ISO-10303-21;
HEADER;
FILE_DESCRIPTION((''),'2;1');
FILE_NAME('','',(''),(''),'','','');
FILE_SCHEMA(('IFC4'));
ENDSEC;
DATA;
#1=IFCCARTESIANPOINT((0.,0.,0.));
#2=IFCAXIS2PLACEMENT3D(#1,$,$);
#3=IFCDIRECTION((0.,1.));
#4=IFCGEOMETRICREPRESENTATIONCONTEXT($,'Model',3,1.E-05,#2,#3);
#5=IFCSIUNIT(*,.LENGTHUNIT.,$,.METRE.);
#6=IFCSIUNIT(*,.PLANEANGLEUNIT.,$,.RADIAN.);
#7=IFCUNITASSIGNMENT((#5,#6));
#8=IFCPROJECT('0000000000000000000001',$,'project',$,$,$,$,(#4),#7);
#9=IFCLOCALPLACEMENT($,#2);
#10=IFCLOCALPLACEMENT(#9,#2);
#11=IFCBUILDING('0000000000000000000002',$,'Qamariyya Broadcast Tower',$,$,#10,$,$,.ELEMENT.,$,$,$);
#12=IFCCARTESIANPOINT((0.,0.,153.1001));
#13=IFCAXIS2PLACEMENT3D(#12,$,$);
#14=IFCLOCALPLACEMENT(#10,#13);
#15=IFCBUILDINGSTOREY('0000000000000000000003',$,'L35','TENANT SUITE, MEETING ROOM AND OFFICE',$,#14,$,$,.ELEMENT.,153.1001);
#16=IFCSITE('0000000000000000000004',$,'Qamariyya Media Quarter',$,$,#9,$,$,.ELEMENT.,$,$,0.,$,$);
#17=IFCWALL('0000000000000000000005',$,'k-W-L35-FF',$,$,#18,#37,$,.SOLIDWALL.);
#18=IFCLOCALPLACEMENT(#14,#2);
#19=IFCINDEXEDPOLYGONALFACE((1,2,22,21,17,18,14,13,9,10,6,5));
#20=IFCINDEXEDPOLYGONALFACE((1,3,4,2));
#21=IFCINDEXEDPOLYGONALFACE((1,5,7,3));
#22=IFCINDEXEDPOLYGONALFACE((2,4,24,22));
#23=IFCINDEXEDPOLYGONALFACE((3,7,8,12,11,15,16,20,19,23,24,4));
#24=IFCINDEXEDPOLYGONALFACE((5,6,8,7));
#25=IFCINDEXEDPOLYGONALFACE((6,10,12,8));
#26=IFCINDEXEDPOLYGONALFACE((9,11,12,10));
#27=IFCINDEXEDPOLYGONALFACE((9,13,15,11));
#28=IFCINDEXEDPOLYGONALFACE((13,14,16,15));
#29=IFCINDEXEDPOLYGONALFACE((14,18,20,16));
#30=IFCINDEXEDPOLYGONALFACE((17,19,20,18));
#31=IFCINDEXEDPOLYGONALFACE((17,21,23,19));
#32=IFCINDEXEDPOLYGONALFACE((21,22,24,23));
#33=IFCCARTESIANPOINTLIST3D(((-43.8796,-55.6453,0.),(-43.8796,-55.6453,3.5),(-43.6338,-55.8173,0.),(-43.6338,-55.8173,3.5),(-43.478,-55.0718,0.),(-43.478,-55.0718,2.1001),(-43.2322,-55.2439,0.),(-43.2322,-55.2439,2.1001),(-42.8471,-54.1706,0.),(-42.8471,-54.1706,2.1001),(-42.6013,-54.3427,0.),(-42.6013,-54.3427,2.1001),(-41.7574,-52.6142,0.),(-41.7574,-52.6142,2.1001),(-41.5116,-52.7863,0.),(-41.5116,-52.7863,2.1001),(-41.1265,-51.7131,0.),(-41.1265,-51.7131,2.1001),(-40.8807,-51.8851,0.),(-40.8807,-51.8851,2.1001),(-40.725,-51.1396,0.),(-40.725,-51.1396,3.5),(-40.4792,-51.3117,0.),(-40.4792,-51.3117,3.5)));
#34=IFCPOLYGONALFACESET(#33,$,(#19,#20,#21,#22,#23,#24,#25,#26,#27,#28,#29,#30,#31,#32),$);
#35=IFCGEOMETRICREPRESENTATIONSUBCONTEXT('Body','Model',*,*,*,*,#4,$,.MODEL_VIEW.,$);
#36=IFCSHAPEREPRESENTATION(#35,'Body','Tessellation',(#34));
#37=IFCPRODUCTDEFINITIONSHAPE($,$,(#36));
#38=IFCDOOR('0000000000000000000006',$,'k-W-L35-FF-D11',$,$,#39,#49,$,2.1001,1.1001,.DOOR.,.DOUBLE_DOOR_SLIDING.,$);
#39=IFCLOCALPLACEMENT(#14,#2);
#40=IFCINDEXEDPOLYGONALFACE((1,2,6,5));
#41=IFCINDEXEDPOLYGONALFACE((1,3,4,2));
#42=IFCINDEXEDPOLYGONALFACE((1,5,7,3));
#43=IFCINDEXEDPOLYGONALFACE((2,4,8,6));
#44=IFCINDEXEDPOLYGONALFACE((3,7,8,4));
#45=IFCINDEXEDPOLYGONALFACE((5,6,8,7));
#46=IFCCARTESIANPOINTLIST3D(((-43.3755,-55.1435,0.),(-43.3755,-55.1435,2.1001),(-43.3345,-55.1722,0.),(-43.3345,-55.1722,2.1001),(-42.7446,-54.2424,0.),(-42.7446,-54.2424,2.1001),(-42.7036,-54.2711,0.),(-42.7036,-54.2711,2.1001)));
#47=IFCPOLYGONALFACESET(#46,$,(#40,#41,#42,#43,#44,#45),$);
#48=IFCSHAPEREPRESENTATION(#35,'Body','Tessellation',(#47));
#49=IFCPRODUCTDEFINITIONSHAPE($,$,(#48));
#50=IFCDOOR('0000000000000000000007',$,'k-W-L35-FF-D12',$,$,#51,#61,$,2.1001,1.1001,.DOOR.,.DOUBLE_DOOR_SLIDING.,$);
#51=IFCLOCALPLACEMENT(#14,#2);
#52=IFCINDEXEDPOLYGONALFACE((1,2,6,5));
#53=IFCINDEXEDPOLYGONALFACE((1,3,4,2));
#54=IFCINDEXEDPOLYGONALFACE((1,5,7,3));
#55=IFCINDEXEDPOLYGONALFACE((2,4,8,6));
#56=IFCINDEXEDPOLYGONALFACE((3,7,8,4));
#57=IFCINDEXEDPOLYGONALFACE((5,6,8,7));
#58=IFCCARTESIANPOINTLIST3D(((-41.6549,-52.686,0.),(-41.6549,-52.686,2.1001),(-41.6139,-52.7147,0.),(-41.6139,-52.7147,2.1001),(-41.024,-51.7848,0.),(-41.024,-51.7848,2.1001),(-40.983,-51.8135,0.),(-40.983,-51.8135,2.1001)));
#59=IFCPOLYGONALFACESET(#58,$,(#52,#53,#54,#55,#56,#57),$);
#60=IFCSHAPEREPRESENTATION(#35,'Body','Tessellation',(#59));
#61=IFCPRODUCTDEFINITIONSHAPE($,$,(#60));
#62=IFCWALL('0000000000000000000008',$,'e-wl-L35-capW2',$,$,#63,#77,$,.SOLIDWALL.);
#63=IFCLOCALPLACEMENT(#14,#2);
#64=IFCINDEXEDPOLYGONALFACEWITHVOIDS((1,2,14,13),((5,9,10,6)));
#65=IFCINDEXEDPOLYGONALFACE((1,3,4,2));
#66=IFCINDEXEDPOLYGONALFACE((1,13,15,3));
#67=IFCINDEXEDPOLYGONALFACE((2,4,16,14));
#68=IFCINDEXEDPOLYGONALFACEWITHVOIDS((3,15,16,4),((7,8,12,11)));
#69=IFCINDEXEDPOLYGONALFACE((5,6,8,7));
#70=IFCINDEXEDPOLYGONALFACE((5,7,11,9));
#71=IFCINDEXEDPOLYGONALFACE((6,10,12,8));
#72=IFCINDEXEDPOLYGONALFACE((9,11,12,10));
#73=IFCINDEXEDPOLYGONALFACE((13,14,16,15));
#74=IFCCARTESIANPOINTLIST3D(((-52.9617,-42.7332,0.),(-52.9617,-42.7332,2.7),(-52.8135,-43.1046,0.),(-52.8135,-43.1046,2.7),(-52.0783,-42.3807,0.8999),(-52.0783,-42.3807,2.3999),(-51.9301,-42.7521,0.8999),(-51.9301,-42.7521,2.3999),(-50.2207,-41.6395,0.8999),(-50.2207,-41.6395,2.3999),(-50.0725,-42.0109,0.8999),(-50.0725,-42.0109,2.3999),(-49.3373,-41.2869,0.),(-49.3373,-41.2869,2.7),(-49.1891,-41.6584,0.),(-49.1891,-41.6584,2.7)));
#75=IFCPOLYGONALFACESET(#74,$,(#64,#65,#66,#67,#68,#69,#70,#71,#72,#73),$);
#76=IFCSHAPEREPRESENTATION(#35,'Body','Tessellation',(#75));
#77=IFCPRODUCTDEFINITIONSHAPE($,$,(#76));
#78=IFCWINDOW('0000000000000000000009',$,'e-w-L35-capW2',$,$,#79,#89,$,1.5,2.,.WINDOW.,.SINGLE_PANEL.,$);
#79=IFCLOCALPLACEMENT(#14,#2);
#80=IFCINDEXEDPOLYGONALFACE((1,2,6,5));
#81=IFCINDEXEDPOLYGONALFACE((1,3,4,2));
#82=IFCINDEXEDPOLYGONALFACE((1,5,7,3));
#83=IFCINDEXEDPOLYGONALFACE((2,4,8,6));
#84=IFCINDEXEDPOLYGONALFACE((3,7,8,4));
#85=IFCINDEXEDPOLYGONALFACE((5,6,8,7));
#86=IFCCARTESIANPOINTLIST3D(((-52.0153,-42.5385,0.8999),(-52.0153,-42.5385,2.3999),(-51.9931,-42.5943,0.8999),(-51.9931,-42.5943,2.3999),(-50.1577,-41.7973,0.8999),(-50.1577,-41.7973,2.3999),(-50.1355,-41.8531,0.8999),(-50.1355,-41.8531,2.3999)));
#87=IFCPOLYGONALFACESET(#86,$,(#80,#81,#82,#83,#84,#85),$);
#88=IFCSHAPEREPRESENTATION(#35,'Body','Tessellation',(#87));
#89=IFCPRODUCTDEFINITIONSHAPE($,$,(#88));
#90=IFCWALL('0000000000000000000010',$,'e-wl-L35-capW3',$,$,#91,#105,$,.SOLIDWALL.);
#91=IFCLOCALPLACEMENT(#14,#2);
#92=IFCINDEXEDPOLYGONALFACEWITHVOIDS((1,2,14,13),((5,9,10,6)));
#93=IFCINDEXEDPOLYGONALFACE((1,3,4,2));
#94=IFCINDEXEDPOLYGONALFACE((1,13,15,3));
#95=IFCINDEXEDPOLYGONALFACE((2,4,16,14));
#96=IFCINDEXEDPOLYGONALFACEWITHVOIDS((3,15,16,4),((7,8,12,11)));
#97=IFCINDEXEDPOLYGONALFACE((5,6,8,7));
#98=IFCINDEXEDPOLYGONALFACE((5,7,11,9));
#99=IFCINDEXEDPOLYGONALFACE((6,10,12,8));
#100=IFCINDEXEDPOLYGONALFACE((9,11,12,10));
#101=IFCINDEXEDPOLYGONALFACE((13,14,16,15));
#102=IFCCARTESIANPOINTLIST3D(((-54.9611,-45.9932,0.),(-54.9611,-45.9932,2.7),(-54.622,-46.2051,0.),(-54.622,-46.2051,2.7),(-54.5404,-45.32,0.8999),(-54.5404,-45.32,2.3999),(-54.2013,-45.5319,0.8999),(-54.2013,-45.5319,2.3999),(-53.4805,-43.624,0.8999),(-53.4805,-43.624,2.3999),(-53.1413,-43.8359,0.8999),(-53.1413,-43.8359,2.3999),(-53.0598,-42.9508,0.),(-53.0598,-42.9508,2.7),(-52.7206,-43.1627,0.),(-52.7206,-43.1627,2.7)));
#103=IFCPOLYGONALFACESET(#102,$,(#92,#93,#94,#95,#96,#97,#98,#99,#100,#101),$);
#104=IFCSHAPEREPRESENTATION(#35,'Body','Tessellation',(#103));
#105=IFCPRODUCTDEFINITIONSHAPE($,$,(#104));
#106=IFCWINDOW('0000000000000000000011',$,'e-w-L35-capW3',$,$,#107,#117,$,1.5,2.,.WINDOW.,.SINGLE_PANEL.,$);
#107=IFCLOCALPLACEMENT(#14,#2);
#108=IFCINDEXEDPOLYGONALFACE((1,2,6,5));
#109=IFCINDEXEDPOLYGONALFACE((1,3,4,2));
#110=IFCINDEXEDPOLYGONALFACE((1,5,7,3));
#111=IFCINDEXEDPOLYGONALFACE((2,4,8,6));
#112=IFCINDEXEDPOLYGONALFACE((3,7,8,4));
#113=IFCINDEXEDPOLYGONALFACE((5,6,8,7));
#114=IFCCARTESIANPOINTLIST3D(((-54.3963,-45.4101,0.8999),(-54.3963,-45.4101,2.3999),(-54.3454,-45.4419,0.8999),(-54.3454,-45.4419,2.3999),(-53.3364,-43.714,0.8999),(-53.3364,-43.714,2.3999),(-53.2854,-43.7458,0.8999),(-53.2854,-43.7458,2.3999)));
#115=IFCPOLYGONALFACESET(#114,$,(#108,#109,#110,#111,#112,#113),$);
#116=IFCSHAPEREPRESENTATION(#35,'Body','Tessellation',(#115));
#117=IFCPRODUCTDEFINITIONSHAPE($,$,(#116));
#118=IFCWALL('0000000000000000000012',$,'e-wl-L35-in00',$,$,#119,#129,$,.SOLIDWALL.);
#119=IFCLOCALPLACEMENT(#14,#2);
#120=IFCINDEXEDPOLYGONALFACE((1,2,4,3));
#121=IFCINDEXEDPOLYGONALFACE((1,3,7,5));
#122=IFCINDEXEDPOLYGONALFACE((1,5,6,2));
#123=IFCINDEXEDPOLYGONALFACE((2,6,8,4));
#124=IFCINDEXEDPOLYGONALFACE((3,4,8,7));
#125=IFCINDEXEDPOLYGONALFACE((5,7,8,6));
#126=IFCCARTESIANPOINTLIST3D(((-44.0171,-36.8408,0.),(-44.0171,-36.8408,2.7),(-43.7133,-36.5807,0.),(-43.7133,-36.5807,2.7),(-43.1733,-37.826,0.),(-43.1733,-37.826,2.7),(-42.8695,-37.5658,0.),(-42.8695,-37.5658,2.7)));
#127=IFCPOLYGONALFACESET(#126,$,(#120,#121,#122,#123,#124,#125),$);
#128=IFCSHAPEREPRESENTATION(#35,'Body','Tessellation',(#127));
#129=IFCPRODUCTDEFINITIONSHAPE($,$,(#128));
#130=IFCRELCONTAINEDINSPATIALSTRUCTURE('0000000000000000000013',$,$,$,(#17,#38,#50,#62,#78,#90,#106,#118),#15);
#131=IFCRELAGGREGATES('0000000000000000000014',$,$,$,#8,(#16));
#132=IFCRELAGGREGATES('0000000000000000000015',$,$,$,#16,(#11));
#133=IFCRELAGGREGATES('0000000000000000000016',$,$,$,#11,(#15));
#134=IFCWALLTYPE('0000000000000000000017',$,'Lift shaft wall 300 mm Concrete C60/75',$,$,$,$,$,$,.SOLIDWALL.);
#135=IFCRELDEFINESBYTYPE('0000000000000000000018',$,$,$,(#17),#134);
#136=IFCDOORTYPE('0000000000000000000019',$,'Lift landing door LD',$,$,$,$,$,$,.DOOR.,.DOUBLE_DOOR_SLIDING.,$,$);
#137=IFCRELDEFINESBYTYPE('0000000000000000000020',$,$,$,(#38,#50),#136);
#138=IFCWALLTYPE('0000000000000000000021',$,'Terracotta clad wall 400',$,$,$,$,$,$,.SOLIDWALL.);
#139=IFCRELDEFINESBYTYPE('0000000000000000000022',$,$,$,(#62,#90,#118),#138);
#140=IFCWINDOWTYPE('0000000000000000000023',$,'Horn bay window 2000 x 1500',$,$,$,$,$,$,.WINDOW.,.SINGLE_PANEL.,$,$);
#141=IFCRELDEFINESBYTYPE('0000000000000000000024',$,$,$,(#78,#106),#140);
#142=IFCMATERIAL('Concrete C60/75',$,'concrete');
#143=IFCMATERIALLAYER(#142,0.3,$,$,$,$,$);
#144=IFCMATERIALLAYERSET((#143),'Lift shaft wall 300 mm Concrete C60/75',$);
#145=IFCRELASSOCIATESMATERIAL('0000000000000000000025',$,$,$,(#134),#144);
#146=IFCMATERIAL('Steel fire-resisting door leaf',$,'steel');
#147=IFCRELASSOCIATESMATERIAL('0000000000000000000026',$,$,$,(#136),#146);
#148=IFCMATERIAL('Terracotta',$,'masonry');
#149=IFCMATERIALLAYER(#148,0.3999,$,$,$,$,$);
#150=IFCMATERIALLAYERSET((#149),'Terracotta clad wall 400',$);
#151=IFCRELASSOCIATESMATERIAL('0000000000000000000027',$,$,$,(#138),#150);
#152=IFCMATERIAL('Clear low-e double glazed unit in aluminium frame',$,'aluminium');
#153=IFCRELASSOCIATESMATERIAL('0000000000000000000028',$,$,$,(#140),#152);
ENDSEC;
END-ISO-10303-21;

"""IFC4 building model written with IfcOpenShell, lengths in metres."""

from ifc_helpers import new_model, si_unit, direction, frame, frame_2d, origin, place, context, subcontext, project, spatial, rectangle, extrude, material, layer, layer_set, type_object, element, fill, save


model = new_model("IFC4")

# Units and contexts
model_context = context("Model", 3, precision=1e-05, world=origin(), true_north=direction((0.0, 1.0)))
body_context = subcontext(model_context, "Body", "Model", "MODEL_VIEW")
ifc_project = project(units=[si_unit("LENGTHUNIT", "METRE"), si_unit("PLANEANGLEUNIT", "RADIAN")], contexts=[model_context])

# Site, building, storey
site_placement = place(None, origin())
site = spatial("IfcSite", under=ifc_project, at=site_placement, Name="Qamariyya Media Quarter", CompositionType="ELEMENT", RefElevation=0.0)
building_placement = place(site_placement, origin())
building = spatial("IfcBuilding", under=site, at=building_placement, Name="Qamariyya Broadcast Tower", CompositionType="ELEMENT")
storey_placement = place(building_placement, frame((0.0, 0.0, 153.1001)))
storey = spatial("IfcBuildingStorey", under=building, at=storey_placement, Name="L35", Description="TENANT SUITE, MEETING ROOM AND OFFICE", CompositionType="ELEMENT", Elevation=153.1001)

# Shared definitions
ifc_material_1 = material(Name="Concrete C60/75", Category="concrete")

# Wall, openings, doors
ifc_layer_1 = layer(ifc_material_1, 0.3)
ifc_layer_set_1 = layer_set([ifc_layer_1], Name="Lift shaft wall 300 mm Concrete C60/75")
wall_type_1 = type_object("IfcWallType", Name="Lift shaft wall 300 mm Concrete C60/75", PredefinedType="SOLIDWALL", material=ifc_layer_set_1)
wall_1_placement = place(storey_placement, frame((-43.7566, -55.7312, 0.0), z_axis=(0.0, 0.0, 1.0), x_axis=(0.573537, 0.81918, 0.0)))
wall_1 = element("IfcWall", 1, at=wall_1_placement, inside=storey, type_object=wall_type_1, Name="k-W-L35-FF", PredefinedType="SOLIDWALL", context=body_context, shape_type="SweptSolid", body=[
    extrude(rectangle(XDim=5.5002, YDim=0.3, at=frame_2d((2.75, 0.0))), origin(), (0.0, 0.0, 1.0), 3.5),
])
opening_1_placement = place(wall_1_placement, frame((0.7, 0.0, 0.0)))
opening_1 = element("IfcOpeningElement", 2, at=opening_1_placement, cuts=wall_1, PredefinedType="OPENING", context=body_context, shape_type="SweptSolid", body=[
    extrude(rectangle(XDim=1.1001, YDim=2.1001, at=frame_2d((0.55, 1.05))), frame((0.0, 0.1599, 0.0), z_axis=(0.0, -1.0, 0.0), x_axis=(1.0, 0.0, 0.0)), (0.0, 0.0, 1.0), 0.3201),
])
opening_2_placement = place(wall_1_placement, frame((3.7, 0.0, 0.0)))
opening_2 = element("IfcOpeningElement", 3, at=opening_2_placement, cuts=wall_1, PredefinedType="OPENING", context=body_context, shape_type="SweptSolid", body=[
    extrude(rectangle(XDim=1.1001, YDim=2.1001, at=frame_2d((0.55, 1.05))), frame((0.0, 0.1599, 0.0), z_axis=(0.0, -1.0, 0.0), x_axis=(1.0, 0.0, 0.0)), (0.0, 0.0, 1.0), 0.3201),
])
ifc_material_2 = material(Name="Steel fire-resisting door leaf", Category="steel")
door_type = type_object("IfcDoorType", Name="Lift landing door LD", OperationType="DOUBLE_DOOR_SLIDING", PredefinedType="DOOR", material=ifc_material_2)
door_1_placement = place(opening_1_placement, origin())
door_1 = element("IfcDoor", 4, at=door_1_placement, inside=storey, type_object=door_type, Name="k-W-L35-FF-D11", OperationType="DOUBLE_DOOR_SLIDING", OverallHeight=2.1001, OverallWidth=1.1001, PredefinedType="DOOR", context=body_context, shape_type="SweptSolid", body=[
    extrude(rectangle(XDim=1.1001, YDim=2.1001, at=frame_2d((0.55, 1.05))), frame((0.0, 0.0249, 0.0), z_axis=(0.0, -1.0, 0.0), x_axis=(1.0, 0.0, 0.0)), (0.0, 0.0, 1.0), 0.05),
])
fill(opening_1, door_1)
door_2_placement = place(opening_2_placement, origin())
door_2 = element("IfcDoor", 5, at=door_2_placement, inside=storey, type_object=door_type, Name="k-W-L35-FF-D12", OperationType="DOUBLE_DOOR_SLIDING", OverallHeight=2.1001, OverallWidth=1.1001, PredefinedType="DOOR", context=body_context, shape_type="SweptSolid", body=[
    extrude(rectangle(XDim=1.1001, YDim=2.1001, at=frame_2d((0.55, 1.05))), frame((0.0, 0.0249, 0.0), z_axis=(0.0, -1.0, 0.0), x_axis=(1.0, 0.0, 0.0)), (0.0, 0.0, 1.0), 0.05),
])
fill(opening_2, door_2)

# Walls, openings, windows
ifc_material_3 = material(Name="Terracotta", Category="masonry")
ifc_layer_2 = layer(ifc_material_3, 0.3999)
ifc_layer_set_2 = layer_set([ifc_layer_2], Name="Terracotta clad wall 400")
wall_type_2 = type_object("IfcWallType", Name="Terracotta clad wall 400", PredefinedType="SOLIDWALL", material=ifc_layer_set_2)
wall_2_placement = place(storey_placement, frame((-49.2632, -41.4727, 0.0), z_axis=(0.0, 0.0, 1.0), x_axis=(-0.928787, -0.370614, 0.0)))
wall_2 = element("IfcWall", 6, at=wall_2_placement, inside=storey, type_object=wall_type_2, Name="e-wl-L35-capW2", PredefinedType="SOLIDWALL", context=body_context, shape_type="SweptSolid", body=[
    extrude(rectangle(XDim=3.9023, YDim=0.3999, at=frame_2d((1.9512, 0.0))), origin(), (0.0, 0.0, 1.0), 2.7),
])
opening_3_placement = place(wall_2_placement, frame((0.9512, 0.0, 0.8999)))
opening_3 = element("IfcOpeningElement", 7, at=opening_3_placement, cuts=wall_2, PredefinedType="OPENING", context=body_context, shape_type="SweptSolid", body=[
    extrude(rectangle(XDim=2.0, YDim=1.5, at=frame_2d((1.0, 0.75))), frame((0.0, 0.21, 0.0), z_axis=(0.0, -1.0, 0.0), x_axis=(1.0, 0.0, 0.0)), (0.0, 0.0, 1.0), 0.4199),
])
ifc_material_4 = material(Name="Clear low-e double glazed unit in aluminium frame", Category="aluminium")
window_type = type_object("IfcWindowType", Name="Horn bay window 2000 x 1500", PartitioningType="SINGLE_PANEL", PredefinedType="WINDOW", material=ifc_material_4)
window_1_placement = place(opening_3_placement, origin())
window_1 = element("IfcWindow", 8, at=window_1_placement, inside=storey, type_object=window_type, Name="e-w-L35-capW2", OverallHeight=1.5, OverallWidth=2.0, PartitioningType="SINGLE_PANEL", PredefinedType="WINDOW", context=body_context, shape_type="SweptSolid", body=[
    extrude(rectangle(XDim=2.0, YDim=1.5, at=frame_2d((1.0, 0.75))), frame((0.0, 0.03, 0.0), z_axis=(0.0, -1.0, 0.0), x_axis=(1.0, 0.0, 0.0)), (0.0, 0.0, 1.0), 0.0601),
])
fill(opening_3, window_1)
wall_3_placement = place(storey_placement, frame((-52.8901, -43.0566, 0.0), z_axis=(0.0, 0.0, 1.0), x_axis=(-0.529962, -0.848021, 0.0)))
wall_3 = element("IfcWall", 9, at=wall_3_placement, inside=storey, type_object=wall_type_2, Name="e-wl-L35-capW3", PredefinedType="SOLIDWALL", context=body_context, shape_type="SweptSolid", body=[
    extrude(rectangle(XDim=3.5876, YDim=0.3999, at=frame_2d((1.7939, 0.0))), origin(), (0.0, 0.0, 1.0), 2.7),
])
opening_4_placement = place(wall_3_placement, frame((0.7939, 0.0, 0.8999)))
opening_4 = element("IfcOpeningElement", 10, at=opening_4_placement, cuts=wall_3, PredefinedType="OPENING", context=body_context, shape_type="SweptSolid", body=[
    extrude(rectangle(XDim=2.0, YDim=1.5, at=frame_2d((1.0, 0.75))), frame((0.0, 0.21, 0.0), z_axis=(0.0, -1.0, 0.0), x_axis=(1.0, 0.0, 0.0)), (0.0, 0.0, 1.0), 0.4199),
])
window_2_placement = place(opening_4_placement, origin())
window_2 = element("IfcWindow", 11, at=window_2_placement, inside=storey, type_object=window_type, Name="e-w-L35-capW3", OverallHeight=1.5, OverallWidth=2.0, PartitioningType="SINGLE_PANEL", PredefinedType="WINDOW", context=body_context, shape_type="SweptSolid", body=[
    extrude(rectangle(XDim=2.0, YDim=1.5, at=frame_2d((1.0, 0.75))), frame((0.0, 0.03, 0.0), z_axis=(0.0, -1.0, 0.0), x_axis=(1.0, 0.0, 0.0)), (0.0, 0.0, 1.0), 0.0601),
])
fill(opening_4, window_2)

# Wall
wall_4_placement = place(storey_placement, frame((-43.0215, -37.6958, 0.0), z_axis=(0.0, 0.0, 1.0), x_axis=(-0.650512, 0.759496, 0.0)))
element("IfcWall", 12, at=wall_4_placement, inside=storey, type_object=wall_type_2, Name="e-wl-L35-in00", PredefinedType="SOLIDWALL", context=body_context, shape_type="SweptSolid", body=[
    extrude(rectangle(XDim=1.2971, YDim=0.3999, at=frame_2d((0.6484, 0.0))), origin(), (0.0, 0.0, 1.0), 2.7),
])

save(model, "model.ifc")
